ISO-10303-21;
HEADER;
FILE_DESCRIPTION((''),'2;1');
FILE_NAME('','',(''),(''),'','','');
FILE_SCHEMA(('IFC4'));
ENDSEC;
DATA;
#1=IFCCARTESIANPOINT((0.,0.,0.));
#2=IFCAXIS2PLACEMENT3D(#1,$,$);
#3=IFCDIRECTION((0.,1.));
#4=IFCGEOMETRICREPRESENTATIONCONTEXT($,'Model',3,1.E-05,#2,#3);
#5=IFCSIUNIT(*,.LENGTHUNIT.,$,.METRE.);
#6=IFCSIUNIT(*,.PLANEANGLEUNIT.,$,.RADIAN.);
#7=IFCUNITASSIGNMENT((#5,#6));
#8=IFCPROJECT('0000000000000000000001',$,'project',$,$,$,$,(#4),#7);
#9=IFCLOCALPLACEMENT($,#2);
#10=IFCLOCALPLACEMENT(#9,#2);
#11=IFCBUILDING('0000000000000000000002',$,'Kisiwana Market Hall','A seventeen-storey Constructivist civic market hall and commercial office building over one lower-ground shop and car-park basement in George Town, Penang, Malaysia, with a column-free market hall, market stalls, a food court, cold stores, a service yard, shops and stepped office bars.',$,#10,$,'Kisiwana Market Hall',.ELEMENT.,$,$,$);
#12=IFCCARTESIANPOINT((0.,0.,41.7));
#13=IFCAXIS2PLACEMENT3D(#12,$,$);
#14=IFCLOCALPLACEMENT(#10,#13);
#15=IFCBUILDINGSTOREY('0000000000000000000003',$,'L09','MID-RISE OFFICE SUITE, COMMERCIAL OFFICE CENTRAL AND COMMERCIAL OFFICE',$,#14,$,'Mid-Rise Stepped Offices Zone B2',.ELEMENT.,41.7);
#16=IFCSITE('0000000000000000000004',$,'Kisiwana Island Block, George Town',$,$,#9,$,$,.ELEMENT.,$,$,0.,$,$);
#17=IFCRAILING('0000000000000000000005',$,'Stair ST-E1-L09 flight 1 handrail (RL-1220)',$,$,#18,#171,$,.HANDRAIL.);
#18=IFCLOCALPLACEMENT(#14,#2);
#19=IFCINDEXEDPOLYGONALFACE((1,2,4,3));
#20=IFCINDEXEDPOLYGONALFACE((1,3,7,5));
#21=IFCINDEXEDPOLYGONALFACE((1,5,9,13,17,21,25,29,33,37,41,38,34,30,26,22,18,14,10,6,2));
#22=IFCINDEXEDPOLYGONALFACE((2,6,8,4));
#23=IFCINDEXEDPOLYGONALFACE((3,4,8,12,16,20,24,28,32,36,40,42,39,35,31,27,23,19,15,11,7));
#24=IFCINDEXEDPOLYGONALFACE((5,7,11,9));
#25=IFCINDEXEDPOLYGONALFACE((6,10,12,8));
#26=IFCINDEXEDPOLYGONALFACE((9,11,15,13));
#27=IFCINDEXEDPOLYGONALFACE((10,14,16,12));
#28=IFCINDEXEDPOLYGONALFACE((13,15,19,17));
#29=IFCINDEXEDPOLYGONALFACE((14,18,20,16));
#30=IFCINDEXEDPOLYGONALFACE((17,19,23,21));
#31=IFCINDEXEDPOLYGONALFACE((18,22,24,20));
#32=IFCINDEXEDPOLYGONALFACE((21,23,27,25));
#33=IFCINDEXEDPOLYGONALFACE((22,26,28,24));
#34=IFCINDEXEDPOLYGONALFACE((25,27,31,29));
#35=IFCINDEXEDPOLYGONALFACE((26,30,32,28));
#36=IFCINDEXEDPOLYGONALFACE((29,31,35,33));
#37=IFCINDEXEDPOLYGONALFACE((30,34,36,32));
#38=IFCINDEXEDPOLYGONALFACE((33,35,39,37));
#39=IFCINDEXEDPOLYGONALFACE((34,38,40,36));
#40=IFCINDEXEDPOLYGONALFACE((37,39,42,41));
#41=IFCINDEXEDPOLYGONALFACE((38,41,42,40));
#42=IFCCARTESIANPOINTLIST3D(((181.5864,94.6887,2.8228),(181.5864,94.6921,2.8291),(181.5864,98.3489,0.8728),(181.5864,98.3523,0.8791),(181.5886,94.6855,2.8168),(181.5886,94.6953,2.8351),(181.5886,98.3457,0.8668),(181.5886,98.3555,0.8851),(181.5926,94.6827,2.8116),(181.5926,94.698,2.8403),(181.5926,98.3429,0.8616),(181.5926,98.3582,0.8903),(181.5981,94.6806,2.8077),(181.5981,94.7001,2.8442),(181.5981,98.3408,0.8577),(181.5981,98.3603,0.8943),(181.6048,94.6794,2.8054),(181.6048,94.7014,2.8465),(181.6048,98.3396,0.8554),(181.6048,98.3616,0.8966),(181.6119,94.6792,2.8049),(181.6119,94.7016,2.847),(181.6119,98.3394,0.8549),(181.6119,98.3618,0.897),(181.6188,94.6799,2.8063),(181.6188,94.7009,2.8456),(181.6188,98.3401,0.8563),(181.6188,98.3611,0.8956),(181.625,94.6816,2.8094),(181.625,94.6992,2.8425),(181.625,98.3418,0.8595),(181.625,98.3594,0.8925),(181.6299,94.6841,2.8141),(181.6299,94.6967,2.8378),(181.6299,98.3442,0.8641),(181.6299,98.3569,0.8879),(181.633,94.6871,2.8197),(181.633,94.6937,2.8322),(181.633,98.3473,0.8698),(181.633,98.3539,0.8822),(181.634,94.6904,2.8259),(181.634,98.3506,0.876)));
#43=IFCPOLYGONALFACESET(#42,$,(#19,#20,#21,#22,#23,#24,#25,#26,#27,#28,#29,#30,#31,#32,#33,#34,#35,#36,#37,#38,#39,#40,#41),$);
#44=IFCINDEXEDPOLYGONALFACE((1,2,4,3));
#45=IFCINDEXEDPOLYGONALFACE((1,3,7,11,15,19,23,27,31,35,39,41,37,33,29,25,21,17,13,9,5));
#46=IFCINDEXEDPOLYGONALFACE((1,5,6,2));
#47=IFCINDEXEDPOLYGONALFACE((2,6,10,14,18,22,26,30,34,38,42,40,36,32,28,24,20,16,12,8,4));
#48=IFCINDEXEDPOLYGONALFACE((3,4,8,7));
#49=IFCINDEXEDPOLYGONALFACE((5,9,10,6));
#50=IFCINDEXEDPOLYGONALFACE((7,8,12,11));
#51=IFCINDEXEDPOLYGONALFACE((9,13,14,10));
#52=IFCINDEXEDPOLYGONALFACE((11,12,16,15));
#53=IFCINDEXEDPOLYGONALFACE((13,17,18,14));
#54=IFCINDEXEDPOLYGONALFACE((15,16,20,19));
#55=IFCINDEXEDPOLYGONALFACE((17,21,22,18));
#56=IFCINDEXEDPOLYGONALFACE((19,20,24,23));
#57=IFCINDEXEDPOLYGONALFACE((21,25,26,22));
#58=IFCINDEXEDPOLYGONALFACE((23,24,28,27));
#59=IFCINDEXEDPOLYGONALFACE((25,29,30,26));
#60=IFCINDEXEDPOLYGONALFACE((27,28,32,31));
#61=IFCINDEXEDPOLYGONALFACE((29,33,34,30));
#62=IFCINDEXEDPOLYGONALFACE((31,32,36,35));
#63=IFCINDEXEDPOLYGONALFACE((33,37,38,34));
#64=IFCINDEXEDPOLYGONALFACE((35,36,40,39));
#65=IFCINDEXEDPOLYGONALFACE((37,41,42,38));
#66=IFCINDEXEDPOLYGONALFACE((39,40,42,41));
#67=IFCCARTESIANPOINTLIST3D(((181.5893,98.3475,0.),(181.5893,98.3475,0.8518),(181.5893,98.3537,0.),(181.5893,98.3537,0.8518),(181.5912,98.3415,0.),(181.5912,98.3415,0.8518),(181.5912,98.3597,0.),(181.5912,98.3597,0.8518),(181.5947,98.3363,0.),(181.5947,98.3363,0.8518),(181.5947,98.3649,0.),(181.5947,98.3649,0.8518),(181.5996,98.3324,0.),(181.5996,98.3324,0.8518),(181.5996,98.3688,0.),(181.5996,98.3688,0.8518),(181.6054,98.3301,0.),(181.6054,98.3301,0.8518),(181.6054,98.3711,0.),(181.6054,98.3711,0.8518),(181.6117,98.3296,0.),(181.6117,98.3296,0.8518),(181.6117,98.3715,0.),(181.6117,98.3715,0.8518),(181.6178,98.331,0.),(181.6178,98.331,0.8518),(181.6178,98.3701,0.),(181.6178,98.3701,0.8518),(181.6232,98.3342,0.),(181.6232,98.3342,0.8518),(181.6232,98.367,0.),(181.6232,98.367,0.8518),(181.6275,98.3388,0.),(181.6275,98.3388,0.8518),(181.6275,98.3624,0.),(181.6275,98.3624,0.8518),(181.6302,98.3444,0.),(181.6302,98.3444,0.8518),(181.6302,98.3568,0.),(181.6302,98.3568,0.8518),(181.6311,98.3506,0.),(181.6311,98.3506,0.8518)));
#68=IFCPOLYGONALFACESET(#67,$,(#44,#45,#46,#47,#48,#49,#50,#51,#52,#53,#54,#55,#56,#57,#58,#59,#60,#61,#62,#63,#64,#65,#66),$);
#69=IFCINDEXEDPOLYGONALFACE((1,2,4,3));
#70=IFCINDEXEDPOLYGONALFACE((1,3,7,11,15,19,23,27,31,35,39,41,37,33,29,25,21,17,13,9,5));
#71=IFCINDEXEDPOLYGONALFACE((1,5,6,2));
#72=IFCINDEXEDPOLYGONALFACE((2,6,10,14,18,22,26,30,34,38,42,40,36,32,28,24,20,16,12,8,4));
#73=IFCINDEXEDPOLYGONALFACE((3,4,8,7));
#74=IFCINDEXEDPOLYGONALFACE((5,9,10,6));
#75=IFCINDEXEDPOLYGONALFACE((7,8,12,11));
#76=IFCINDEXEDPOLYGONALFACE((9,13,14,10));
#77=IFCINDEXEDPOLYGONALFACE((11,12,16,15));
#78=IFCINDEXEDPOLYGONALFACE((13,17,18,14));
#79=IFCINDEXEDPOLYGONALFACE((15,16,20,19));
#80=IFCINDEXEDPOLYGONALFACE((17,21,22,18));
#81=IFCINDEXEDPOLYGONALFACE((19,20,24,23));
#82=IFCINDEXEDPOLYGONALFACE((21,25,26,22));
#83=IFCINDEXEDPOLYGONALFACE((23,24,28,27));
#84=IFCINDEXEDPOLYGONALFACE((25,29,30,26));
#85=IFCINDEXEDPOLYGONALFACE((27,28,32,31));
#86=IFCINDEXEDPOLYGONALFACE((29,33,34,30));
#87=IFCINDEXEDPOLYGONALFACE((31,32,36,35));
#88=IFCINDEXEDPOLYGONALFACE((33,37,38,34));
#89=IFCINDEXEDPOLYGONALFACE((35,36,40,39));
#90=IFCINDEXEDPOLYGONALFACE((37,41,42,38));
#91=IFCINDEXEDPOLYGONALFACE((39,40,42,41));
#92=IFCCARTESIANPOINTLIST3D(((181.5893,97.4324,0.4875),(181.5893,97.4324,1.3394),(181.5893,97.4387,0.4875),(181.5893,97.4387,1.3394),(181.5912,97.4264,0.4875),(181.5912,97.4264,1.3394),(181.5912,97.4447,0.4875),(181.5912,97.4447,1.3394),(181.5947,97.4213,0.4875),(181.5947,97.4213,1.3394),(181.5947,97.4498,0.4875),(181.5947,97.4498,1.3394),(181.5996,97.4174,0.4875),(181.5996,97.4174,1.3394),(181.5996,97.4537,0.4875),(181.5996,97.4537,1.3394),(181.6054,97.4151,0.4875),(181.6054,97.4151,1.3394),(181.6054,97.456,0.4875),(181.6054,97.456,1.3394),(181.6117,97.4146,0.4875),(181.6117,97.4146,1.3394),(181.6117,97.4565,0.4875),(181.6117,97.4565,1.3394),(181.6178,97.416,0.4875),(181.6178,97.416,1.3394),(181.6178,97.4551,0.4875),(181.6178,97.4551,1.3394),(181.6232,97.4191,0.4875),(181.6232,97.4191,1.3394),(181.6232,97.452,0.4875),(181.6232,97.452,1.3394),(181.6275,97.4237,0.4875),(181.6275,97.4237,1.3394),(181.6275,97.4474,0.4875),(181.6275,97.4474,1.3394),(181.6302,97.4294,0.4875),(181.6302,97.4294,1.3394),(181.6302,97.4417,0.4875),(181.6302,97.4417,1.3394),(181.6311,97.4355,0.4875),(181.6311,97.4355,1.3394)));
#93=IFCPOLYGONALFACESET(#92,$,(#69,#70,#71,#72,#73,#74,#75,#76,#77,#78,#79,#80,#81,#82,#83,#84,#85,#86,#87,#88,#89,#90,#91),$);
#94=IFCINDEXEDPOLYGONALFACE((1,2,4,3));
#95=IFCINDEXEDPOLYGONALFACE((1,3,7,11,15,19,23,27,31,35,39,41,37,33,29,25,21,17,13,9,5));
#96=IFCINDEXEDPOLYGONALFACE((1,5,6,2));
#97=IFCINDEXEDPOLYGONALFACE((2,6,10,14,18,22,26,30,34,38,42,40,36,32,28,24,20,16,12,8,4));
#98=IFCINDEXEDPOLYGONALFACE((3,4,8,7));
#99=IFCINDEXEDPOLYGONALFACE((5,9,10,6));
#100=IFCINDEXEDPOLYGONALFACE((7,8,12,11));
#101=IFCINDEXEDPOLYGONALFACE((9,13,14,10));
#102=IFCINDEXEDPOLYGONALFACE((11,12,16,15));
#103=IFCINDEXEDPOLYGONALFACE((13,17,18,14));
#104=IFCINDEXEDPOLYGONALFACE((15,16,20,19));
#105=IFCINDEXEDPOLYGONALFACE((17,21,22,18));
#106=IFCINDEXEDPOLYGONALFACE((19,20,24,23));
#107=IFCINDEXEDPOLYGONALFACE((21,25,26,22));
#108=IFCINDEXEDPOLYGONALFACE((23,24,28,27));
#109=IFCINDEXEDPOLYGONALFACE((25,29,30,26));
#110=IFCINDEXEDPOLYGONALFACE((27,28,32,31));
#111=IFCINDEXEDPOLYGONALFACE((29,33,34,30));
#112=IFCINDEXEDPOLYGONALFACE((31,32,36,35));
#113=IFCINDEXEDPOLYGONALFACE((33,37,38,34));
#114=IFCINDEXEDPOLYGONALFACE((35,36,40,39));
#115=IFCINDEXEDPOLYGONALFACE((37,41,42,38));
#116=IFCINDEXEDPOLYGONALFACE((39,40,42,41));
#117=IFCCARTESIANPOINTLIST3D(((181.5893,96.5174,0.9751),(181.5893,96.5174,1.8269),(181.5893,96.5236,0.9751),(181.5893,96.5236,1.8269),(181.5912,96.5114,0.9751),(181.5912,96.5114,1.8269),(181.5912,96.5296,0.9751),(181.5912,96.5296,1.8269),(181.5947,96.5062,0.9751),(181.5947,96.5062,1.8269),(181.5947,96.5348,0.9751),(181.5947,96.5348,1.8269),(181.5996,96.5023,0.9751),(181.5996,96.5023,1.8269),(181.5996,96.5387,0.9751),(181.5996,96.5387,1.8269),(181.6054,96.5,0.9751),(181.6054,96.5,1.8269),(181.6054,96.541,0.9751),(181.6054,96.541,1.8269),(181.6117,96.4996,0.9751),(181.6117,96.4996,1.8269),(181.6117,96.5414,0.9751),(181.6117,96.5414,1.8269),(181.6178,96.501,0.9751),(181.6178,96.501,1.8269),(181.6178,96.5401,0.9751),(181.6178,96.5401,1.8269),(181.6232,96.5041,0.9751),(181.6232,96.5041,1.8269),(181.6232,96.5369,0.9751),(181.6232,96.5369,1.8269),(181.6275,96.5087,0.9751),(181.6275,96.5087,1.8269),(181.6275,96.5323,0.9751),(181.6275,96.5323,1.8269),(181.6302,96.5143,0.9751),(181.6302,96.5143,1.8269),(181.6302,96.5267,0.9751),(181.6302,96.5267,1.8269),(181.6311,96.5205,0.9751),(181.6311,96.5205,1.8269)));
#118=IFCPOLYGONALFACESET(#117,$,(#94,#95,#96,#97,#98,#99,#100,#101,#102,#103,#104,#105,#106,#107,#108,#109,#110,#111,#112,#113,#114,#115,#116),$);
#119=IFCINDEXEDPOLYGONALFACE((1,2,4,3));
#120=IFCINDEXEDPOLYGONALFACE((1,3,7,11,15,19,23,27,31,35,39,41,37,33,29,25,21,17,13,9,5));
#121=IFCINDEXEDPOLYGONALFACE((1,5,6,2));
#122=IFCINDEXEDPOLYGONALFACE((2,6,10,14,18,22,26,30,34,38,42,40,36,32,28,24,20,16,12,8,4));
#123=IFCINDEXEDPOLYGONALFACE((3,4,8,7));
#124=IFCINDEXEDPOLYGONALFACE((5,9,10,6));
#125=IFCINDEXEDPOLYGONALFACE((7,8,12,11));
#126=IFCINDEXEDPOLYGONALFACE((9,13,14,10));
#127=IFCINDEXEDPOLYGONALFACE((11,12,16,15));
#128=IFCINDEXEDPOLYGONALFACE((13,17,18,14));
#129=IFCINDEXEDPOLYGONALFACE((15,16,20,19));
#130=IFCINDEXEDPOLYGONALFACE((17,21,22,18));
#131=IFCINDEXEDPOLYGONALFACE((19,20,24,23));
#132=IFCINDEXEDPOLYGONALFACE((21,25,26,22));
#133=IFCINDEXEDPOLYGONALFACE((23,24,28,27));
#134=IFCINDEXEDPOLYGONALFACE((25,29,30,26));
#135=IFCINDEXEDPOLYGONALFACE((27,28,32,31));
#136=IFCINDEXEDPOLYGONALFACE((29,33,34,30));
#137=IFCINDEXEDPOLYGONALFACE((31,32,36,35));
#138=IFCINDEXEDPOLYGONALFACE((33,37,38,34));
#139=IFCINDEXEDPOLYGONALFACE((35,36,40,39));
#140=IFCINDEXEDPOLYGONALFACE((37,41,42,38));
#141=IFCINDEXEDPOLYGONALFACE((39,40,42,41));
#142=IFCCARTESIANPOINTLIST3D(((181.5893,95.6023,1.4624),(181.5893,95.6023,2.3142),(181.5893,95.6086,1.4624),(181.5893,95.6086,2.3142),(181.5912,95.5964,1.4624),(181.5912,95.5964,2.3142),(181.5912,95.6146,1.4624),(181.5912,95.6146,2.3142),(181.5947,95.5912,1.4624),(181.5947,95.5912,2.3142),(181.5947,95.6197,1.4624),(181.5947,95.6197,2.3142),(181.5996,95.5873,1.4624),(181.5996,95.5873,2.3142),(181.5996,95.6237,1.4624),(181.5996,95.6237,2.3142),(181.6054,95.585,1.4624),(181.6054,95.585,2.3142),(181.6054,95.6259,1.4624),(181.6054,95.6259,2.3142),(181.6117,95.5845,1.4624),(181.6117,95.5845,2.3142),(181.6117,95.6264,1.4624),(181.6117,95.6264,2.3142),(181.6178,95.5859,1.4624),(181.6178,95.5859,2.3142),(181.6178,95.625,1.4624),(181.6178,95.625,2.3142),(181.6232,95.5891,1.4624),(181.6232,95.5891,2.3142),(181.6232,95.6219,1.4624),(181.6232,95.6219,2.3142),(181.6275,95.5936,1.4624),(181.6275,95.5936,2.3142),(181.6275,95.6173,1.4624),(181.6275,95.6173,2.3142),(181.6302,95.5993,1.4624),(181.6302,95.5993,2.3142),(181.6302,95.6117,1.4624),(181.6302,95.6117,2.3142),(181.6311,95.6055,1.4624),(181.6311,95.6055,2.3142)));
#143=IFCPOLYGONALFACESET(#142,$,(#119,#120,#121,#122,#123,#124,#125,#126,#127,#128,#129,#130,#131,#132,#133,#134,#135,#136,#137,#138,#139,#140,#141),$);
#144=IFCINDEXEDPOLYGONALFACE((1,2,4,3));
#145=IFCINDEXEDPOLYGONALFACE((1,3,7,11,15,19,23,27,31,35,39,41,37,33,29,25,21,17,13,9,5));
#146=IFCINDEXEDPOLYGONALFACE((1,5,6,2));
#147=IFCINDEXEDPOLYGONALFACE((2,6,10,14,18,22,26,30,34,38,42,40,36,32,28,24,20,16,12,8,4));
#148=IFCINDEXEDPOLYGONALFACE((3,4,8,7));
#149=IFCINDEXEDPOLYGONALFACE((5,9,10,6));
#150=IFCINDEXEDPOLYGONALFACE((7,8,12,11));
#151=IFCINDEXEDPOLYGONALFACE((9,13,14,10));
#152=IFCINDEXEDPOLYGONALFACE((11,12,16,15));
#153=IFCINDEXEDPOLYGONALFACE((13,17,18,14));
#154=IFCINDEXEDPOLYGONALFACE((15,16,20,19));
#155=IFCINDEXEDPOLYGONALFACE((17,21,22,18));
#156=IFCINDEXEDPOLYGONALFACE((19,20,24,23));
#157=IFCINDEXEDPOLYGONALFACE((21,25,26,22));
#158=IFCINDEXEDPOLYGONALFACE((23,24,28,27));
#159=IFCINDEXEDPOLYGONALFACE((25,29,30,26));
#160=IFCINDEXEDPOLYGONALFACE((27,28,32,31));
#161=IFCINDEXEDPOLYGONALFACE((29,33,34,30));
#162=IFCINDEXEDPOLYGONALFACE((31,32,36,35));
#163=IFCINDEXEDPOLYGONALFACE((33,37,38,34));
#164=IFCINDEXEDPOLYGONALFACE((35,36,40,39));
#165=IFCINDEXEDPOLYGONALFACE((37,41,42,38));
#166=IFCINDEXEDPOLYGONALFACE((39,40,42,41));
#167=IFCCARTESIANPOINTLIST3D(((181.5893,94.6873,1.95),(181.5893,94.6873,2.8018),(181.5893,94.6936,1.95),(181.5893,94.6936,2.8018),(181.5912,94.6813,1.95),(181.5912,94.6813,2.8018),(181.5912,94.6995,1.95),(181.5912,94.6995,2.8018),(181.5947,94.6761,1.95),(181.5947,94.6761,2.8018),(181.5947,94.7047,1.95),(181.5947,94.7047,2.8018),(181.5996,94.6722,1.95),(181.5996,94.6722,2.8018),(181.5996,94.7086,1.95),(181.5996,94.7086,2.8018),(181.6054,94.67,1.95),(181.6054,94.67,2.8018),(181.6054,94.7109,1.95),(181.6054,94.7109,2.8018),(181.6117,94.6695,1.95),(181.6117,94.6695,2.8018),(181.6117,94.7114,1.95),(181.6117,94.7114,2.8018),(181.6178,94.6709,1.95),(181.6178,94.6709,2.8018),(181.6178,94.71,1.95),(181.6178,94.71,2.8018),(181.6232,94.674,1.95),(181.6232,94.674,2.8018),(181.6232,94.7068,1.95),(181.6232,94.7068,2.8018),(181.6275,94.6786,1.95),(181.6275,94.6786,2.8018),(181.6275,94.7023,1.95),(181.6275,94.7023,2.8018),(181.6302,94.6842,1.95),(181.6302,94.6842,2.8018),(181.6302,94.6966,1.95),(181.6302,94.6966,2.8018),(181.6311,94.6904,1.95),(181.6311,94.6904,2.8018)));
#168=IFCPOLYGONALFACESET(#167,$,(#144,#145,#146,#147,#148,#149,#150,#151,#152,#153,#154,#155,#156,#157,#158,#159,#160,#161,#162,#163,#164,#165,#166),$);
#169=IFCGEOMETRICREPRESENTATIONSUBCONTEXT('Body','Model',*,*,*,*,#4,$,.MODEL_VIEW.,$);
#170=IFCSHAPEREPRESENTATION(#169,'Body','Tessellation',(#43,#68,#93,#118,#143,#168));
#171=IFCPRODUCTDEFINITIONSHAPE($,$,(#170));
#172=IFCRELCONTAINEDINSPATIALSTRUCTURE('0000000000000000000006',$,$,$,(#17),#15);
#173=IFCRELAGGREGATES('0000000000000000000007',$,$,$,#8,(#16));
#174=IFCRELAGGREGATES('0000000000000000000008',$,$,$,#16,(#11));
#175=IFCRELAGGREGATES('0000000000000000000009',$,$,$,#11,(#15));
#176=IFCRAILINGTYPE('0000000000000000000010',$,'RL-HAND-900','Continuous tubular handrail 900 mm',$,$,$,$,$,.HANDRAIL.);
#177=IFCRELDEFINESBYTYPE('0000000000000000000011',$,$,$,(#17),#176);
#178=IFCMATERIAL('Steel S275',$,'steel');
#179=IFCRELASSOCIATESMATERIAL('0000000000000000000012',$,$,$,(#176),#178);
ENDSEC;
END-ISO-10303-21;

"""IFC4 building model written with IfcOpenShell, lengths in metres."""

from ifc_helpers import new_model, si_unit, direction, frame, origin, origin_2d, place, context, subcontext, project, spatial, circle, extrude, material, type_object, element, save


model = new_model("IFC4")

# Units and contexts
model_context = context("Model", 3, precision=1e-05, world=origin(), true_north=direction((0.0, 1.0)))
body_context = subcontext(model_context, "Body", "Model", "MODEL_VIEW")
ifc_project = project(units=[si_unit("LENGTHUNIT", "METRE"), si_unit("PLANEANGLEUNIT", "RADIAN")], contexts=[model_context])

# Site, building, storey
site_placement = place(None, origin())
site = spatial("IfcSite", under=ifc_project, at=site_placement, Name="Kisiwana Island Block, George Town", CompositionType="ELEMENT", RefElevation=0.0)
building_placement = place(site_placement, origin())
building = spatial("IfcBuilding", under=site, at=building_placement, Name="Kisiwana Market Hall", Description="A seventeen-storey Constructivist civic market hall and commercial office building over one lower-ground shop and car-park basement in George Town, Penang, Malaysia, with a column-free market hall, market stalls, a food court, cold stores, a service yard, shops and stepped office bars.", LongName="Kisiwana Market Hall", CompositionType="ELEMENT")
storey_placement = place(building_placement, frame((0.0, 0.0, 41.7)))
storey = spatial("IfcBuildingStorey", under=building, at=storey_placement, Name="L09", Description="MID-RISE OFFICE SUITE, COMMERCIAL OFFICE CENTRAL AND COMMERCIAL OFFICE", LongName="Mid-Rise Stepped Offices Zone B2", CompositionType="ELEMENT", Elevation=41.7)

# Railing
ifc_material_1 = material(Name="Steel S275", Category="steel")
railing_type = type_object("IfcRailingType", Name="RL-HAND-900", Description="Continuous tubular handrail 900 mm", PredefinedType="HANDRAIL", material=ifc_material_1)
railing_1_placement = place(storey_placement, frame((181.6101, 98.3506, 0.0)))
element("IfcRailing", 1, at=railing_1_placement, inside=storey, type_object=railing_type, Name="Stair ST-E1-L09 flight 1 handrail (RL-1220)", PredefinedType="HANDRAIL", context=body_context, shape_type="SweptSolid", body=[
    extrude(circle(Radius=0.0239, at=origin_2d()), frame((0.0, 0.0, 0.876), z_axis=(0.0, -0.882566, 0.470188), x_axis=(1.0, 0.0, 0.0)), (0.0, 0.0, 1.0), 4.1472),
    extrude(circle(Radius=0.021, at=origin_2d()), origin(), (0.0, 0.0, 1.0), 0.8518),
    extrude(circle(Radius=0.021, at=origin_2d()), frame((0.0, -0.915, 0.4875)), (0.0, 0.0, 1.0), 0.8518),
    extrude(circle(Radius=0.021, at=origin_2d()), frame((0.0, -1.8301, 0.9751)), (0.0, 0.0, 1.0), 0.8518),
    extrude(circle(Radius=0.021, at=origin_2d()), frame((0.0, -2.7451, 1.4624)), (0.0, 0.0, 1.0), 0.8518),
    extrude(circle(Radius=0.021, at=origin_2d()), frame((0.0, -3.6602, 1.95)), (0.0, 0.0, 1.0), 0.8518),
])

save(model, "model.ifc")
